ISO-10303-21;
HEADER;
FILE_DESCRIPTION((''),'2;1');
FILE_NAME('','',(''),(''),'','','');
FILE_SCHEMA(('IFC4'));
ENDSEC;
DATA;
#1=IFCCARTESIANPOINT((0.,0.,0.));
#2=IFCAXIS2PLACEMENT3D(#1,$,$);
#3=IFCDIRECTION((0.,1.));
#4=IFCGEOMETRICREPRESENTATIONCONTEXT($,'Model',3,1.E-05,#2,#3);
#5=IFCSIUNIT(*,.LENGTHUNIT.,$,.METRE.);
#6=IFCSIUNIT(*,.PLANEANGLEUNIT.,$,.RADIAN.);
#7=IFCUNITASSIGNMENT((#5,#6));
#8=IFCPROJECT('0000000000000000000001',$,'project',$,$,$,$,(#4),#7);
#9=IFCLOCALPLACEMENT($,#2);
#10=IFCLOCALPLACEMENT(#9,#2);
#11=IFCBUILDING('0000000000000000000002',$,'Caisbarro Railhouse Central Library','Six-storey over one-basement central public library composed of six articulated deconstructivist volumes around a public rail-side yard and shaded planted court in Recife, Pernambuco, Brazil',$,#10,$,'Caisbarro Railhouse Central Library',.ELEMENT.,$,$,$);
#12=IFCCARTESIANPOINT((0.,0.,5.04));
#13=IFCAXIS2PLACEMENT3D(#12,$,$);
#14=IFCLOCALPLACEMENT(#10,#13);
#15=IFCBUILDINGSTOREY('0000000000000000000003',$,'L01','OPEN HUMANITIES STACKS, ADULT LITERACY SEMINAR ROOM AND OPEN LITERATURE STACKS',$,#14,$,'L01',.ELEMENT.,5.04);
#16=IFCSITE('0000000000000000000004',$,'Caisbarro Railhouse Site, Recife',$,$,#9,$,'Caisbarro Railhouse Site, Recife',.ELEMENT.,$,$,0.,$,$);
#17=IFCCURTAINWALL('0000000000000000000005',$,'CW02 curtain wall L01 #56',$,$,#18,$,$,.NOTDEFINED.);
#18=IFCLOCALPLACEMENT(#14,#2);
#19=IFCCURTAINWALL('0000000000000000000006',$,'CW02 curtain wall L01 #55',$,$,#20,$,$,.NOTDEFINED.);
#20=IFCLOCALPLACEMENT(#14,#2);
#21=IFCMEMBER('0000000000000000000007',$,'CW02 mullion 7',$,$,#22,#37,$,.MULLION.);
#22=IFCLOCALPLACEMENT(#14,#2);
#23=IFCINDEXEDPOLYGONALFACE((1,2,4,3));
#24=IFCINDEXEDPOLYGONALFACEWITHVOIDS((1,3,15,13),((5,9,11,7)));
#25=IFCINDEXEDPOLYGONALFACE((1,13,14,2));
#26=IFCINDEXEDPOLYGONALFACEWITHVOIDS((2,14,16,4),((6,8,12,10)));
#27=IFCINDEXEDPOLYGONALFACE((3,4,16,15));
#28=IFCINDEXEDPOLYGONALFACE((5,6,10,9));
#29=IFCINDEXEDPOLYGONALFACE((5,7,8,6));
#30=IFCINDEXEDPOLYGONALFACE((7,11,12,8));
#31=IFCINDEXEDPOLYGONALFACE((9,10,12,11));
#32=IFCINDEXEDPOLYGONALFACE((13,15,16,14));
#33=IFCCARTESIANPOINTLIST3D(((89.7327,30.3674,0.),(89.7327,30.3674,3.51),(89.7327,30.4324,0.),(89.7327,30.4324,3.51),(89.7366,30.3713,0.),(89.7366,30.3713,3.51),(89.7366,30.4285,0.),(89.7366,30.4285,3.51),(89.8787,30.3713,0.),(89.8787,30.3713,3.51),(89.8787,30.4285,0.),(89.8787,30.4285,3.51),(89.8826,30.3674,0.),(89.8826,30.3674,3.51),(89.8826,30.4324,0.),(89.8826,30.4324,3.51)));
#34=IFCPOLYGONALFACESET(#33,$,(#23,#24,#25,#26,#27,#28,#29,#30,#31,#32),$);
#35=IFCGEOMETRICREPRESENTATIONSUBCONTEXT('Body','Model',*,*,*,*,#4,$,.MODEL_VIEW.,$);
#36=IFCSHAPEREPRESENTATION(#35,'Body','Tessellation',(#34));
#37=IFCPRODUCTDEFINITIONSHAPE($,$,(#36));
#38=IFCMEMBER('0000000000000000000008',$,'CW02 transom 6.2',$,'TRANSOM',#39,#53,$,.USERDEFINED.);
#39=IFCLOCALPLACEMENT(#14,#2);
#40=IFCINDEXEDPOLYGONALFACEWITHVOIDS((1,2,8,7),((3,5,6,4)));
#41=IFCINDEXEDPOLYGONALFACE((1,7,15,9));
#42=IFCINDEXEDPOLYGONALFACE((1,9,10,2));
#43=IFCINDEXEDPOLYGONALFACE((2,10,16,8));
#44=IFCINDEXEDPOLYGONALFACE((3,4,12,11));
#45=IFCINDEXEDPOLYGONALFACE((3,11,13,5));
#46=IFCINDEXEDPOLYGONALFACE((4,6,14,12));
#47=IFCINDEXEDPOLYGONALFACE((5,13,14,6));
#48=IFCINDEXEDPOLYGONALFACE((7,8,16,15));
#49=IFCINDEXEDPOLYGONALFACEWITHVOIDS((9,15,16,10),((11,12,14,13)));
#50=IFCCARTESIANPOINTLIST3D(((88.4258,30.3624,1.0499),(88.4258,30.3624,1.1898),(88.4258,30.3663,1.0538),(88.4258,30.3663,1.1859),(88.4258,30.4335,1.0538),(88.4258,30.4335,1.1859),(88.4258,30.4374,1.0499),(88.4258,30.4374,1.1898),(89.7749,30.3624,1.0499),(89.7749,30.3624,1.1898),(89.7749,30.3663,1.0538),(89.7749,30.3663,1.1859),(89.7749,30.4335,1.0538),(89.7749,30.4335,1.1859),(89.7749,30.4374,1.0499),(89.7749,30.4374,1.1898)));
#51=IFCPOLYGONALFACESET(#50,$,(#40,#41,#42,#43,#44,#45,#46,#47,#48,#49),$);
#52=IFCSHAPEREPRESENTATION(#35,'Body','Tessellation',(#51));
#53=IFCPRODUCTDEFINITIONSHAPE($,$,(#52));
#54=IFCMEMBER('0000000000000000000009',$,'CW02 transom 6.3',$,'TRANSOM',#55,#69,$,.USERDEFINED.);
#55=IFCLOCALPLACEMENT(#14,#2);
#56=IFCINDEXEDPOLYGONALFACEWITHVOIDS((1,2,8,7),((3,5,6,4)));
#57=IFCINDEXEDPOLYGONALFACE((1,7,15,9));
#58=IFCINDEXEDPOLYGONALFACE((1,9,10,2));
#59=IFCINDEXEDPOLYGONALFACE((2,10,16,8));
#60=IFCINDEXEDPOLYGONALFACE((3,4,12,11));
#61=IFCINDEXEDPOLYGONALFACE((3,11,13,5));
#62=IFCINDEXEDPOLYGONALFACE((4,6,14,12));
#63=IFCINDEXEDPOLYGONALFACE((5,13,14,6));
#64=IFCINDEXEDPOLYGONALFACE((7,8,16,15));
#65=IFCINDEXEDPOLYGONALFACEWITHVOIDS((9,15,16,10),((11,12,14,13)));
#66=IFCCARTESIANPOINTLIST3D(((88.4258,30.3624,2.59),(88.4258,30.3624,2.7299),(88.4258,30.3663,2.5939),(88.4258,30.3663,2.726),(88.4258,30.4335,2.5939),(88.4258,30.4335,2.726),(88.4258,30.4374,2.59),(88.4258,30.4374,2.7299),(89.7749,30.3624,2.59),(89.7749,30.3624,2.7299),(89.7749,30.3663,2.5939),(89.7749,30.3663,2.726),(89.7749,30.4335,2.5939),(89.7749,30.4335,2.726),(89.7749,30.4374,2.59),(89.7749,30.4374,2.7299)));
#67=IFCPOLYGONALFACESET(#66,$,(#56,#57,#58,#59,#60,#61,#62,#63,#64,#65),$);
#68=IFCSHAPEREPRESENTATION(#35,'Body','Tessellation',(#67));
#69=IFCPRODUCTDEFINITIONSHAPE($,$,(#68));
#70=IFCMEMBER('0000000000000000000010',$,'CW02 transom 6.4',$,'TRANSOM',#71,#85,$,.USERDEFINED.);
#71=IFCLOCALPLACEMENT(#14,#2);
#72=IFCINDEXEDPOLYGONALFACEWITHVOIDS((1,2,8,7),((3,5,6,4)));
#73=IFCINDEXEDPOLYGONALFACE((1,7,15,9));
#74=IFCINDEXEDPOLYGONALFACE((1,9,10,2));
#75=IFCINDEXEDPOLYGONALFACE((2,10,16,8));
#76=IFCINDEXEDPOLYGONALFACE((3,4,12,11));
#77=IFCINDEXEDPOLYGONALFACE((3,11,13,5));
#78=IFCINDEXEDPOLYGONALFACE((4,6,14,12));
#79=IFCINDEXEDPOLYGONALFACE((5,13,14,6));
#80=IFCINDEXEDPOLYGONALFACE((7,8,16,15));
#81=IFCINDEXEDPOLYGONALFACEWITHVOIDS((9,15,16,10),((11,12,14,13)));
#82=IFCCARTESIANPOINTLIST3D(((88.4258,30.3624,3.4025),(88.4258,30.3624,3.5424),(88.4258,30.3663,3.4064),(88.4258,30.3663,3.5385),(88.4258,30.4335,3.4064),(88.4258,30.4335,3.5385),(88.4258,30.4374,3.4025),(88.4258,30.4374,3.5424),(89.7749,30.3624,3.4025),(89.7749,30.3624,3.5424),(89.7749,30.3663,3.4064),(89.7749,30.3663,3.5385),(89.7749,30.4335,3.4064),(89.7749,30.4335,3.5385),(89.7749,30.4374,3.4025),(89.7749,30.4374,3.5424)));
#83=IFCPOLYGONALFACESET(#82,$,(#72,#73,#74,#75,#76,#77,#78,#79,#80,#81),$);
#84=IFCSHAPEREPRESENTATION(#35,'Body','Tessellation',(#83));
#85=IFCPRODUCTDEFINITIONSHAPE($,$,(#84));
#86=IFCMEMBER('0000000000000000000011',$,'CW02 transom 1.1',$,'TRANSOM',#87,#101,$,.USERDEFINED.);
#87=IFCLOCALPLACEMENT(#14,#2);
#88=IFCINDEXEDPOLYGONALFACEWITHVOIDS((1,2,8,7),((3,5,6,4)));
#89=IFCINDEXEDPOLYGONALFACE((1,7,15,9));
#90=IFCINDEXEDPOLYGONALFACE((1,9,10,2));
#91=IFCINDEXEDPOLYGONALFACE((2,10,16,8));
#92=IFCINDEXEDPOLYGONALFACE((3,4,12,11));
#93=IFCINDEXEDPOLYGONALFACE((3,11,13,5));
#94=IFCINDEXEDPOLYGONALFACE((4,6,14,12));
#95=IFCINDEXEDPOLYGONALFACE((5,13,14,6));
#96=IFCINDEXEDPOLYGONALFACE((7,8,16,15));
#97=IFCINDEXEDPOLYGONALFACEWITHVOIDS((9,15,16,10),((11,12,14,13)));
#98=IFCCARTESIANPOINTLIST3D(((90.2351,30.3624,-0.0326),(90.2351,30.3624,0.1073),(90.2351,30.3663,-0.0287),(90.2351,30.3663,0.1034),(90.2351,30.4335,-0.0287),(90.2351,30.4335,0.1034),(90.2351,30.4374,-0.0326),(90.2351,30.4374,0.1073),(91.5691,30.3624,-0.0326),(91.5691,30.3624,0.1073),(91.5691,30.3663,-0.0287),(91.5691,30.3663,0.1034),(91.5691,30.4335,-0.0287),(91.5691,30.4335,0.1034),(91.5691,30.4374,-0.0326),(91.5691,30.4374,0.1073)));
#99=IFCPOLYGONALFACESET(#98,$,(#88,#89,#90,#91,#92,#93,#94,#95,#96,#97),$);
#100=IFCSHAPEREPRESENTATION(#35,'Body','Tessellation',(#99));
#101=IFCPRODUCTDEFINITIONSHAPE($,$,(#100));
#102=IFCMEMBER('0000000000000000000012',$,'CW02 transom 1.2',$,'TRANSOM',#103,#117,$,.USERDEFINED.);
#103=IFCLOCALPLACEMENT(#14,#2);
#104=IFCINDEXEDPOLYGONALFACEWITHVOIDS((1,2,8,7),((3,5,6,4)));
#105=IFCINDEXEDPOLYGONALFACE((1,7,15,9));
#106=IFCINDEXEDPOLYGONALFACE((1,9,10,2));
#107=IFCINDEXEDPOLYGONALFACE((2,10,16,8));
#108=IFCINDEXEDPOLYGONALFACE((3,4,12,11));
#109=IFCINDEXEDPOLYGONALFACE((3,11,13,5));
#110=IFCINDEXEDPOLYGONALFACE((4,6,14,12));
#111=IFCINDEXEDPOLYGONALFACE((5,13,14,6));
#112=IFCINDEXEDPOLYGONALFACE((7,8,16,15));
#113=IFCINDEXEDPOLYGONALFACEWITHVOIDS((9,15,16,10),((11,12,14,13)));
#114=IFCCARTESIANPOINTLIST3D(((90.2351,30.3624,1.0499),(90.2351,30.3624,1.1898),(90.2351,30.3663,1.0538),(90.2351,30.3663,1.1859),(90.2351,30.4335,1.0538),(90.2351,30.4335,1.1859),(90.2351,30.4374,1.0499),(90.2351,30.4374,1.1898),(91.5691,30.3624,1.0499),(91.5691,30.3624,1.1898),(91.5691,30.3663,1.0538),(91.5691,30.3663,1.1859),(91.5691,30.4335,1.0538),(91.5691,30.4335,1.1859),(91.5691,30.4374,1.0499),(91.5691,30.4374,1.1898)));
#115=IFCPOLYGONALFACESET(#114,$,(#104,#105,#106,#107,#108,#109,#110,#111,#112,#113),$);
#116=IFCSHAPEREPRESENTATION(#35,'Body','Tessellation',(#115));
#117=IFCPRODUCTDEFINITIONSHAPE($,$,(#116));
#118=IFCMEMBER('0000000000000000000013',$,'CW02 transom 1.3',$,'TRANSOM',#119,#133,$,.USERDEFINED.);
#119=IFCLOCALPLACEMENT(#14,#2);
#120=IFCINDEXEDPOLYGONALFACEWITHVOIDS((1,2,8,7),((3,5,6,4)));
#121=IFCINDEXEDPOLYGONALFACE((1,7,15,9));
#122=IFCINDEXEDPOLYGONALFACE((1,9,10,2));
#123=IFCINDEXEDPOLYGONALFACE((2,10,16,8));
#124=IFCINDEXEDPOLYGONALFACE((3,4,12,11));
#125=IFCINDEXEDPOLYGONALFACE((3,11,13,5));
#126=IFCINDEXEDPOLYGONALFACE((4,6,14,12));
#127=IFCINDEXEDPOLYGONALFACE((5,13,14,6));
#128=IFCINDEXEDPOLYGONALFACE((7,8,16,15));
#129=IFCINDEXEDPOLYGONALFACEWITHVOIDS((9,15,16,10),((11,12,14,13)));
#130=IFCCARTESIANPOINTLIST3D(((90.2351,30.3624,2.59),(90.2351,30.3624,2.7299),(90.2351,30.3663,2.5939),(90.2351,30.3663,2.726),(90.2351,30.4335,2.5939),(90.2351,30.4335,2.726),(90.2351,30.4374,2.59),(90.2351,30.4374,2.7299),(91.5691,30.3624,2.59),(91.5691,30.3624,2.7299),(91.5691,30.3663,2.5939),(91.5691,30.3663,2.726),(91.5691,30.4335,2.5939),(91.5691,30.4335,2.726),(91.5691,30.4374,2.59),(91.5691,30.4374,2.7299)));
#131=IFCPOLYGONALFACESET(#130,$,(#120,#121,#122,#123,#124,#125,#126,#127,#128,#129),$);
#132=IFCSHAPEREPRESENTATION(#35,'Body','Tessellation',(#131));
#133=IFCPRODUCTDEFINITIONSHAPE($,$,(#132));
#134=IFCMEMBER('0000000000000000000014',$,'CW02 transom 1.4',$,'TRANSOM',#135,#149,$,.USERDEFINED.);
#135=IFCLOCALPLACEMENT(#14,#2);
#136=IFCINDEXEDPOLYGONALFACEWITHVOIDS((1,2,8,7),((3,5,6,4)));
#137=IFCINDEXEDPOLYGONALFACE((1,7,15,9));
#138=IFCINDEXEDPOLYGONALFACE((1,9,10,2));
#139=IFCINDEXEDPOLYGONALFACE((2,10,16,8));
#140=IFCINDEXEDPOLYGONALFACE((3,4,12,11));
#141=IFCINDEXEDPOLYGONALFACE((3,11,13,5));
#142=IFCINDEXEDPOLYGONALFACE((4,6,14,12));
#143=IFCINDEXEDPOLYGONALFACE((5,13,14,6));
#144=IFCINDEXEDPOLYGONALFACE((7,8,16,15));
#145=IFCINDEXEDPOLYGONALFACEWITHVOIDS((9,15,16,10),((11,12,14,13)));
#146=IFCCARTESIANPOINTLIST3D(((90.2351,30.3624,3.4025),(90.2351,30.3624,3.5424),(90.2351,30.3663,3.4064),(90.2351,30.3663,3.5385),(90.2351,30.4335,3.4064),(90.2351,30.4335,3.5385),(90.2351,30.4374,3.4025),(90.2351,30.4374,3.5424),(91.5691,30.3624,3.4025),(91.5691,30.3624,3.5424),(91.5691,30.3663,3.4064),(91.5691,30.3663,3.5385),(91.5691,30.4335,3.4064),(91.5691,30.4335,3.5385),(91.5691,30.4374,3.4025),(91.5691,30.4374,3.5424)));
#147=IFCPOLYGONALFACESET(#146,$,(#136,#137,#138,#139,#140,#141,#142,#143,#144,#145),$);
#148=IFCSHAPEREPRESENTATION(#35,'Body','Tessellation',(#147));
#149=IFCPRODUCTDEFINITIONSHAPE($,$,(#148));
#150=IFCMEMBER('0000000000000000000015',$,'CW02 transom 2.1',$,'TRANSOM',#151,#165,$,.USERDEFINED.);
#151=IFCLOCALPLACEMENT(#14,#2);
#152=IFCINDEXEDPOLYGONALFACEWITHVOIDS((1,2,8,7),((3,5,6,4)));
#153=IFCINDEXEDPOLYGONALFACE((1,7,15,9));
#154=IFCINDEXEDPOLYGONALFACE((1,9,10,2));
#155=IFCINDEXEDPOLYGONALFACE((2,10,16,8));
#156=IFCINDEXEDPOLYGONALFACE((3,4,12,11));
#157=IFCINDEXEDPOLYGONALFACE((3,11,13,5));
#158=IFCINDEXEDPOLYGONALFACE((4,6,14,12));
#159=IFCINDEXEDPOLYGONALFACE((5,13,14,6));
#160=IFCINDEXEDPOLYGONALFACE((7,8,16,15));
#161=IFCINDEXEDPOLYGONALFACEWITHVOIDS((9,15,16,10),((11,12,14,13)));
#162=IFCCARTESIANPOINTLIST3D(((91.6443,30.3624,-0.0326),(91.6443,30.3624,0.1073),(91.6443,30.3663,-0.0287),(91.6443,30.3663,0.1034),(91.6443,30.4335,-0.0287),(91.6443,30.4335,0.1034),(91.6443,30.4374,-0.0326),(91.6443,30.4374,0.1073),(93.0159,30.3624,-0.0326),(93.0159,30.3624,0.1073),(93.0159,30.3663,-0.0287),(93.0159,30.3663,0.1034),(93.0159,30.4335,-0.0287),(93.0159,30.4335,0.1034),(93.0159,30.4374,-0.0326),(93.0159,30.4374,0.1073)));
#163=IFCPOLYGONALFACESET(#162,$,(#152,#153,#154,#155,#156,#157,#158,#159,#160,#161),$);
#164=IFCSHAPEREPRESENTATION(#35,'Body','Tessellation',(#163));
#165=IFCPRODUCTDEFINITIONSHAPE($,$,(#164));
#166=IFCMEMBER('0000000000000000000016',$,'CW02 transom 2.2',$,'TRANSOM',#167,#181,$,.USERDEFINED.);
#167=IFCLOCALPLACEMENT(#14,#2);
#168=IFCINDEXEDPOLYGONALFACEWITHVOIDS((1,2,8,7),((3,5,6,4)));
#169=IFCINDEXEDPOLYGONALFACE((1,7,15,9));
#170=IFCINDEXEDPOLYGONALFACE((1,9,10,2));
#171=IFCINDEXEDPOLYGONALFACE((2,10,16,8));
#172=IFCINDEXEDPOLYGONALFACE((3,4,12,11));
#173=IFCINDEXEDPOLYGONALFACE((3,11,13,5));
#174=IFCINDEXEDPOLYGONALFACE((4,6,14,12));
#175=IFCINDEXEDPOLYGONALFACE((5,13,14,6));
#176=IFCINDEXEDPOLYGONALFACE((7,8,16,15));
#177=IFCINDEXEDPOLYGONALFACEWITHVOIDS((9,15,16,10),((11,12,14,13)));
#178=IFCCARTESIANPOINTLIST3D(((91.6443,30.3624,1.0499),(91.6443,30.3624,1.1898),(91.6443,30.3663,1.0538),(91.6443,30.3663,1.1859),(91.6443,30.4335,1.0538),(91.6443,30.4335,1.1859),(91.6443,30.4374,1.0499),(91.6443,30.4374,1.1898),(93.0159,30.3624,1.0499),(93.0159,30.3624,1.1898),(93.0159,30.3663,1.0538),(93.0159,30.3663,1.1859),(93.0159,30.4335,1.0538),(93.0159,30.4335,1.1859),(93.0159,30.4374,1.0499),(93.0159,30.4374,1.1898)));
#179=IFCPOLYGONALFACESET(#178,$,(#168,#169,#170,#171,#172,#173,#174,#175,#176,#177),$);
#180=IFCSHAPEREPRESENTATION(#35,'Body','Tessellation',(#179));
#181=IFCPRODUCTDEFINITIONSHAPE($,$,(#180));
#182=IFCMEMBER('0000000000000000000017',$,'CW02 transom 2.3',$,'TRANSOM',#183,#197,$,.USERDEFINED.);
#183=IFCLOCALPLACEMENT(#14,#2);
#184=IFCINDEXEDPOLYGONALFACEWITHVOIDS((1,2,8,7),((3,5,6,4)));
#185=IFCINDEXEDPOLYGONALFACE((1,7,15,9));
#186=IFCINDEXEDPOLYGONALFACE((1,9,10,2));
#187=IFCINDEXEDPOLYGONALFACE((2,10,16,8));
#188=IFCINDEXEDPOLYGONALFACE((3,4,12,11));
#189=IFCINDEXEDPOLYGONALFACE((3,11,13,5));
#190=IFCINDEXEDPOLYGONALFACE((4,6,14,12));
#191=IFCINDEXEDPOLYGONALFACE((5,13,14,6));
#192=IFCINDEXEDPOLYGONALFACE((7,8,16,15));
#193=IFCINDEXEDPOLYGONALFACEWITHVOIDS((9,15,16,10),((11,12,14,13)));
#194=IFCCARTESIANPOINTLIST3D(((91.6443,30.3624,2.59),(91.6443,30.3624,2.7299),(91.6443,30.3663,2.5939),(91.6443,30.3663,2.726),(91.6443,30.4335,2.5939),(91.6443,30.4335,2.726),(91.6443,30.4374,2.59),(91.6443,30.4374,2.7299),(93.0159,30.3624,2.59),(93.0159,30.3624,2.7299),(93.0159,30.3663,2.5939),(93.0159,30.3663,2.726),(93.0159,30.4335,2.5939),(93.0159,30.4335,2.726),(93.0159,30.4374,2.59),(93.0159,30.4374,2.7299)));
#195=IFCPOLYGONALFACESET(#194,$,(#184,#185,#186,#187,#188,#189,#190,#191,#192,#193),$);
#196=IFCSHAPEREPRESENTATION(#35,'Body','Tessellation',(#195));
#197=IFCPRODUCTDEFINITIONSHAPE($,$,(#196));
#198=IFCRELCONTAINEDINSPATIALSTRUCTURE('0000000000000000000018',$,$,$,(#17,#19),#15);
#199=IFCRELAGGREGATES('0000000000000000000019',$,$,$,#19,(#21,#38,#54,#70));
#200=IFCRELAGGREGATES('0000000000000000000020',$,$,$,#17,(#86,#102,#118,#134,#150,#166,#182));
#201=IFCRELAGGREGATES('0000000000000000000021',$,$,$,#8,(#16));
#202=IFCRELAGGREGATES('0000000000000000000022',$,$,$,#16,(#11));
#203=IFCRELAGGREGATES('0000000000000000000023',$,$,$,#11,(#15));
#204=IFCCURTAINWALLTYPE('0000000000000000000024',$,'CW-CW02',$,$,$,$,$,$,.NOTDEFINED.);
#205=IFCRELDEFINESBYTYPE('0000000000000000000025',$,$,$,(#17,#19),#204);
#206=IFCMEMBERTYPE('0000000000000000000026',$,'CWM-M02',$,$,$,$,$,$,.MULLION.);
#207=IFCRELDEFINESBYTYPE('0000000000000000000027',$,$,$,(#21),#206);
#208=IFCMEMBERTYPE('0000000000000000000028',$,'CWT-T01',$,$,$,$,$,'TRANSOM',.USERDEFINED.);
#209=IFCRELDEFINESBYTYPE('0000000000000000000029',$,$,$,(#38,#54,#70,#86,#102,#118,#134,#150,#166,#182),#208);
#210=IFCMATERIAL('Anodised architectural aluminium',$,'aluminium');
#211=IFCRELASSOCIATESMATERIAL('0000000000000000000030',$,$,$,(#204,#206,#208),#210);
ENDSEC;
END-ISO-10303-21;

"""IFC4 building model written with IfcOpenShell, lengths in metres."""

from ifc_helpers import new_model, si_unit, direction, frame, origin, origin_2d, place, context, subcontext, project, spatial, hollow_rectangle, extrude, material, material_profile, profile_set, type_object, element, aggregate, save


model = new_model("IFC4")

# Units and contexts
model_context = context("Model", 3, precision=1e-05, world=origin(), true_north=direction((0.0, 1.0)))
body_context = subcontext(model_context, "Body", "Model", "MODEL_VIEW")
ifc_project = project(units=[si_unit("LENGTHUNIT", "METRE"), si_unit("PLANEANGLEUNIT", "RADIAN")], contexts=[model_context])

# Site, building, storey
site_placement = place(None, origin())
site = spatial("IfcSite", under=ifc_project, at=site_placement, Name="Caisbarro Railhouse Site, Recife", LongName="Caisbarro Railhouse Site, Recife", CompositionType="ELEMENT", RefElevation=0.0)
building_placement = place(site_placement, origin())
building = spatial("IfcBuilding", under=site, at=building_placement, Name="Caisbarro Railhouse Central Library", Description="Six-storey over one-basement central public library composed of six articulated deconstructivist volumes around a public rail-side yard and shaded planted court in Recife, Pernambuco, Brazil", LongName="Caisbarro Railhouse Central Library", CompositionType="ELEMENT")
storey_placement = place(building_placement, frame((0.0, 0.0, 5.04)))
storey = spatial("IfcBuildingStorey", under=building, at=storey_placement, Name="L01", Description="OPEN HUMANITIES STACKS, ADULT LITERACY SEMINAR ROOM AND OPEN LITERATURE STACKS", LongName="L01", CompositionType="ELEMENT", Elevation=5.04)

# Curtain walls, members
ifc_material_1 = material(Name="Anodised architectural aluminium", Category="aluminium")
curtain_wall_type = type_object("IfcCurtainWallType", Name="CW-CW02", PredefinedType="NOTDEFINED", material=ifc_material_1)
curtain_wall_1_placement = place(storey_placement, origin())
curtain_wall_1 = element("IfcCurtainWall", 1, at=curtain_wall_1_placement, inside=storey, type_object=curtain_wall_type, Name="CW02 curtain wall L01 #56", PredefinedType="NOTDEFINED")
curtain_wall_2_placement = place(storey_placement, origin())
curtain_wall_2 = element("IfcCurtainWall", 2, at=curtain_wall_2_placement, inside=storey, type_object=curtain_wall_type, Name="CW02 curtain wall L01 #55", PredefinedType="NOTDEFINED")
ifc_material_profile_1 = material_profile(ifc_material_1, hollow_rectangle(XDim=0.0649, YDim=0.1499, WallThickness=0.0039, at=origin_2d()), Name="ALU-MUL-65X150")
ifc_profile_set_1 = profile_set([ifc_material_profile_1], Name="Anodised architectural aluminium")
member_type_1 = type_object("IfcMemberType", Name="CWM-M02", PredefinedType="MULLION", material=ifc_profile_set_1)
member_1_placement = place(storey_placement, frame((89.8076, 30.3999, 0.0), z_axis=(0.0, 0.0, 1.0), x_axis=(0.0, 1.0, 0.0)))
member_1 = element("IfcMember", 3, at=member_1_placement, type_object=member_type_1, Name="CW02 mullion 7", PredefinedType="MULLION", context=body_context, shape_type="SweptSolid", body=[
    extrude(hollow_rectangle(XDim=0.0649, YDim=0.1499, WallThickness=0.0039, at=origin_2d()), origin(), (0.0, 0.0, 1.0), 3.51),
])
ifc_material_profile_2 = material_profile(ifc_material_1, hollow_rectangle(XDim=0.075, YDim=0.1399, WallThickness=0.0039, at=origin_2d()), Name="ALU-TRN-75X140")
ifc_profile_set_2 = profile_set([ifc_material_profile_2], Name="Anodised architectural aluminium")
member_type_2 = type_object("IfcMemberType", Name="CWT-T01", ElementType="TRANSOM", PredefinedType="USERDEFINED", material=ifc_profile_set_2)
member_2_placement = place(storey_placement, frame((88.4258, 30.3999, 1.1199), z_axis=(1.0, 0.0, 0.0), x_axis=(0.0, 1.0, 0.0)))
member_2 = element("IfcMember", 4, at=member_2_placement, type_object=member_type_2, Name="CW02 transom 6.2", ObjectType="TRANSOM", PredefinedType="USERDEFINED", context=body_context, shape_type="SweptSolid", body=[
    extrude(hollow_rectangle(XDim=0.075, YDim=0.1399, WallThickness=0.0039, at=origin_2d()), origin(), (0.0, 0.0, 1.0), 1.3491),
])
member_3_placement = place(storey_placement, frame((88.4258, 30.3999, 2.6599), z_axis=(1.0, 0.0, 0.0), x_axis=(0.0, 1.0, 0.0)))
member_3 = element("IfcMember", 5, at=member_3_placement, type_object=member_type_2, Name="CW02 transom 6.3", ObjectType="TRANSOM", PredefinedType="USERDEFINED", context=body_context, shape_type="SweptSolid", body=[
    extrude(hollow_rectangle(XDim=0.075, YDim=0.1399, WallThickness=0.0039, at=origin_2d()), origin(), (0.0, 0.0, 1.0), 1.3491),
])
member_4_placement = place(storey_placement, frame((88.4258, 30.3999, 3.4724), z_axis=(1.0, 0.0, 0.0), x_axis=(0.0, 1.0, 0.0)))
member_4 = element("IfcMember", 6, at=member_4_placement, type_object=member_type_2, Name="CW02 transom 6.4", ObjectType="TRANSOM", PredefinedType="USERDEFINED", context=body_context, shape_type="SweptSolid", body=[
    extrude(hollow_rectangle(XDim=0.075, YDim=0.1399, WallThickness=0.0039, at=origin_2d()), origin(), (0.0, 0.0, 1.0), 1.3491),
])

# Members
member_5_placement = place(storey_placement, frame((90.2351, 30.3999, 0.0374), z_axis=(1.0, 0.0, 0.0), x_axis=(0.0, 1.0, 0.0)))
member_5 = element("IfcMember", 7, at=member_5_placement, type_object=member_type_2, Name="CW02 transom 1.1", ObjectType="TRANSOM", PredefinedType="USERDEFINED", context=body_context, shape_type="SweptSolid", body=[
    extrude(hollow_rectangle(XDim=0.075, YDim=0.1399, WallThickness=0.0039, at=origin_2d()), origin(), (0.0, 0.0, 1.0), 1.334),
])
member_6_placement = place(storey_placement, frame((90.2351, 30.3999, 1.1199), z_axis=(1.0, 0.0, 0.0), x_axis=(0.0, 1.0, 0.0)))
member_6 = element("IfcMember", 8, at=member_6_placement, type_object=member_type_2, Name="CW02 transom 1.2", ObjectType="TRANSOM", PredefinedType="USERDEFINED", context=body_context, shape_type="SweptSolid", body=[
    extrude(hollow_rectangle(XDim=0.075, YDim=0.1399, WallThickness=0.0039, at=origin_2d()), origin(), (0.0, 0.0, 1.0), 1.334),
])
member_7_placement = place(storey_placement, frame((90.2351, 30.3999, 2.6599), z_axis=(1.0, 0.0, 0.0), x_axis=(0.0, 1.0, 0.0)))
member_7 = element("IfcMember", 9, at=member_7_placement, type_object=member_type_2, Name="CW02 transom 1.3", ObjectType="TRANSOM", PredefinedType="USERDEFINED", context=body_context, shape_type="SweptSolid", body=[
    extrude(hollow_rectangle(XDim=0.075, YDim=0.1399, WallThickness=0.0039, at=origin_2d()), origin(), (0.0, 0.0, 1.0), 1.334),
])
member_8_placement = place(storey_placement, frame((90.2351, 30.3999, 3.4724), z_axis=(1.0, 0.0, 0.0), x_axis=(0.0, 1.0, 0.0)))
member_8 = element("IfcMember", 10, at=member_8_placement, type_object=member_type_2, Name="CW02 transom 1.4", ObjectType="TRANSOM", PredefinedType="USERDEFINED", context=body_context, shape_type="SweptSolid", body=[
    extrude(hollow_rectangle(XDim=0.075, YDim=0.1399, WallThickness=0.0039, at=origin_2d()), origin(), (0.0, 0.0, 1.0), 1.334),
])
member_9_placement = place(storey_placement, frame((91.6443, 30.3999, 0.0374), z_axis=(1.0, 0.0, 0.0), x_axis=(0.0, 1.0, 0.0)))
member_9 = element("IfcMember", 11, at=member_9_placement, type_object=member_type_2, Name="CW02 transom 2.1", ObjectType="TRANSOM", PredefinedType="USERDEFINED", context=body_context, shape_type="SweptSolid", body=[
    extrude(hollow_rectangle(XDim=0.075, YDim=0.1399, WallThickness=0.0039, at=origin_2d()), origin(), (0.0, 0.0, 1.0), 1.3716),
])
member_10_placement = place(storey_placement, frame((91.6443, 30.3999, 1.1199), z_axis=(1.0, 0.0, 0.0), x_axis=(0.0, 1.0, 0.0)))
member_10 = element("IfcMember", 12, at=member_10_placement, type_object=member_type_2, Name="CW02 transom 2.2", ObjectType="TRANSOM", PredefinedType="USERDEFINED", context=body_context, shape_type="SweptSolid", body=[
    extrude(hollow_rectangle(XDim=0.075, YDim=0.1399, WallThickness=0.0039, at=origin_2d()), origin(), (0.0, 0.0, 1.0), 1.3716),
])
member_11_placement = place(storey_placement, frame((91.6443, 30.3999, 2.6599), z_axis=(1.0, 0.0, 0.0), x_axis=(0.0, 1.0, 0.0)))
member_11 = element("IfcMember", 13, at=member_11_placement, type_object=member_type_2, Name="CW02 transom 2.3", ObjectType="TRANSOM", PredefinedType="USERDEFINED", context=body_context, shape_type="SweptSolid", body=[
    extrude(hollow_rectangle(XDim=0.075, YDim=0.1399, WallThickness=0.0039, at=origin_2d()), origin(), (0.0, 0.0, 1.0), 1.3716),
])

aggregate(curtain_wall_2, [member_1, member_2, member_3, member_4])
aggregate(curtain_wall_1, [member_5, member_6, member_7, member_8, member_9, member_10, member_11])

save(model, "model.ifc")
